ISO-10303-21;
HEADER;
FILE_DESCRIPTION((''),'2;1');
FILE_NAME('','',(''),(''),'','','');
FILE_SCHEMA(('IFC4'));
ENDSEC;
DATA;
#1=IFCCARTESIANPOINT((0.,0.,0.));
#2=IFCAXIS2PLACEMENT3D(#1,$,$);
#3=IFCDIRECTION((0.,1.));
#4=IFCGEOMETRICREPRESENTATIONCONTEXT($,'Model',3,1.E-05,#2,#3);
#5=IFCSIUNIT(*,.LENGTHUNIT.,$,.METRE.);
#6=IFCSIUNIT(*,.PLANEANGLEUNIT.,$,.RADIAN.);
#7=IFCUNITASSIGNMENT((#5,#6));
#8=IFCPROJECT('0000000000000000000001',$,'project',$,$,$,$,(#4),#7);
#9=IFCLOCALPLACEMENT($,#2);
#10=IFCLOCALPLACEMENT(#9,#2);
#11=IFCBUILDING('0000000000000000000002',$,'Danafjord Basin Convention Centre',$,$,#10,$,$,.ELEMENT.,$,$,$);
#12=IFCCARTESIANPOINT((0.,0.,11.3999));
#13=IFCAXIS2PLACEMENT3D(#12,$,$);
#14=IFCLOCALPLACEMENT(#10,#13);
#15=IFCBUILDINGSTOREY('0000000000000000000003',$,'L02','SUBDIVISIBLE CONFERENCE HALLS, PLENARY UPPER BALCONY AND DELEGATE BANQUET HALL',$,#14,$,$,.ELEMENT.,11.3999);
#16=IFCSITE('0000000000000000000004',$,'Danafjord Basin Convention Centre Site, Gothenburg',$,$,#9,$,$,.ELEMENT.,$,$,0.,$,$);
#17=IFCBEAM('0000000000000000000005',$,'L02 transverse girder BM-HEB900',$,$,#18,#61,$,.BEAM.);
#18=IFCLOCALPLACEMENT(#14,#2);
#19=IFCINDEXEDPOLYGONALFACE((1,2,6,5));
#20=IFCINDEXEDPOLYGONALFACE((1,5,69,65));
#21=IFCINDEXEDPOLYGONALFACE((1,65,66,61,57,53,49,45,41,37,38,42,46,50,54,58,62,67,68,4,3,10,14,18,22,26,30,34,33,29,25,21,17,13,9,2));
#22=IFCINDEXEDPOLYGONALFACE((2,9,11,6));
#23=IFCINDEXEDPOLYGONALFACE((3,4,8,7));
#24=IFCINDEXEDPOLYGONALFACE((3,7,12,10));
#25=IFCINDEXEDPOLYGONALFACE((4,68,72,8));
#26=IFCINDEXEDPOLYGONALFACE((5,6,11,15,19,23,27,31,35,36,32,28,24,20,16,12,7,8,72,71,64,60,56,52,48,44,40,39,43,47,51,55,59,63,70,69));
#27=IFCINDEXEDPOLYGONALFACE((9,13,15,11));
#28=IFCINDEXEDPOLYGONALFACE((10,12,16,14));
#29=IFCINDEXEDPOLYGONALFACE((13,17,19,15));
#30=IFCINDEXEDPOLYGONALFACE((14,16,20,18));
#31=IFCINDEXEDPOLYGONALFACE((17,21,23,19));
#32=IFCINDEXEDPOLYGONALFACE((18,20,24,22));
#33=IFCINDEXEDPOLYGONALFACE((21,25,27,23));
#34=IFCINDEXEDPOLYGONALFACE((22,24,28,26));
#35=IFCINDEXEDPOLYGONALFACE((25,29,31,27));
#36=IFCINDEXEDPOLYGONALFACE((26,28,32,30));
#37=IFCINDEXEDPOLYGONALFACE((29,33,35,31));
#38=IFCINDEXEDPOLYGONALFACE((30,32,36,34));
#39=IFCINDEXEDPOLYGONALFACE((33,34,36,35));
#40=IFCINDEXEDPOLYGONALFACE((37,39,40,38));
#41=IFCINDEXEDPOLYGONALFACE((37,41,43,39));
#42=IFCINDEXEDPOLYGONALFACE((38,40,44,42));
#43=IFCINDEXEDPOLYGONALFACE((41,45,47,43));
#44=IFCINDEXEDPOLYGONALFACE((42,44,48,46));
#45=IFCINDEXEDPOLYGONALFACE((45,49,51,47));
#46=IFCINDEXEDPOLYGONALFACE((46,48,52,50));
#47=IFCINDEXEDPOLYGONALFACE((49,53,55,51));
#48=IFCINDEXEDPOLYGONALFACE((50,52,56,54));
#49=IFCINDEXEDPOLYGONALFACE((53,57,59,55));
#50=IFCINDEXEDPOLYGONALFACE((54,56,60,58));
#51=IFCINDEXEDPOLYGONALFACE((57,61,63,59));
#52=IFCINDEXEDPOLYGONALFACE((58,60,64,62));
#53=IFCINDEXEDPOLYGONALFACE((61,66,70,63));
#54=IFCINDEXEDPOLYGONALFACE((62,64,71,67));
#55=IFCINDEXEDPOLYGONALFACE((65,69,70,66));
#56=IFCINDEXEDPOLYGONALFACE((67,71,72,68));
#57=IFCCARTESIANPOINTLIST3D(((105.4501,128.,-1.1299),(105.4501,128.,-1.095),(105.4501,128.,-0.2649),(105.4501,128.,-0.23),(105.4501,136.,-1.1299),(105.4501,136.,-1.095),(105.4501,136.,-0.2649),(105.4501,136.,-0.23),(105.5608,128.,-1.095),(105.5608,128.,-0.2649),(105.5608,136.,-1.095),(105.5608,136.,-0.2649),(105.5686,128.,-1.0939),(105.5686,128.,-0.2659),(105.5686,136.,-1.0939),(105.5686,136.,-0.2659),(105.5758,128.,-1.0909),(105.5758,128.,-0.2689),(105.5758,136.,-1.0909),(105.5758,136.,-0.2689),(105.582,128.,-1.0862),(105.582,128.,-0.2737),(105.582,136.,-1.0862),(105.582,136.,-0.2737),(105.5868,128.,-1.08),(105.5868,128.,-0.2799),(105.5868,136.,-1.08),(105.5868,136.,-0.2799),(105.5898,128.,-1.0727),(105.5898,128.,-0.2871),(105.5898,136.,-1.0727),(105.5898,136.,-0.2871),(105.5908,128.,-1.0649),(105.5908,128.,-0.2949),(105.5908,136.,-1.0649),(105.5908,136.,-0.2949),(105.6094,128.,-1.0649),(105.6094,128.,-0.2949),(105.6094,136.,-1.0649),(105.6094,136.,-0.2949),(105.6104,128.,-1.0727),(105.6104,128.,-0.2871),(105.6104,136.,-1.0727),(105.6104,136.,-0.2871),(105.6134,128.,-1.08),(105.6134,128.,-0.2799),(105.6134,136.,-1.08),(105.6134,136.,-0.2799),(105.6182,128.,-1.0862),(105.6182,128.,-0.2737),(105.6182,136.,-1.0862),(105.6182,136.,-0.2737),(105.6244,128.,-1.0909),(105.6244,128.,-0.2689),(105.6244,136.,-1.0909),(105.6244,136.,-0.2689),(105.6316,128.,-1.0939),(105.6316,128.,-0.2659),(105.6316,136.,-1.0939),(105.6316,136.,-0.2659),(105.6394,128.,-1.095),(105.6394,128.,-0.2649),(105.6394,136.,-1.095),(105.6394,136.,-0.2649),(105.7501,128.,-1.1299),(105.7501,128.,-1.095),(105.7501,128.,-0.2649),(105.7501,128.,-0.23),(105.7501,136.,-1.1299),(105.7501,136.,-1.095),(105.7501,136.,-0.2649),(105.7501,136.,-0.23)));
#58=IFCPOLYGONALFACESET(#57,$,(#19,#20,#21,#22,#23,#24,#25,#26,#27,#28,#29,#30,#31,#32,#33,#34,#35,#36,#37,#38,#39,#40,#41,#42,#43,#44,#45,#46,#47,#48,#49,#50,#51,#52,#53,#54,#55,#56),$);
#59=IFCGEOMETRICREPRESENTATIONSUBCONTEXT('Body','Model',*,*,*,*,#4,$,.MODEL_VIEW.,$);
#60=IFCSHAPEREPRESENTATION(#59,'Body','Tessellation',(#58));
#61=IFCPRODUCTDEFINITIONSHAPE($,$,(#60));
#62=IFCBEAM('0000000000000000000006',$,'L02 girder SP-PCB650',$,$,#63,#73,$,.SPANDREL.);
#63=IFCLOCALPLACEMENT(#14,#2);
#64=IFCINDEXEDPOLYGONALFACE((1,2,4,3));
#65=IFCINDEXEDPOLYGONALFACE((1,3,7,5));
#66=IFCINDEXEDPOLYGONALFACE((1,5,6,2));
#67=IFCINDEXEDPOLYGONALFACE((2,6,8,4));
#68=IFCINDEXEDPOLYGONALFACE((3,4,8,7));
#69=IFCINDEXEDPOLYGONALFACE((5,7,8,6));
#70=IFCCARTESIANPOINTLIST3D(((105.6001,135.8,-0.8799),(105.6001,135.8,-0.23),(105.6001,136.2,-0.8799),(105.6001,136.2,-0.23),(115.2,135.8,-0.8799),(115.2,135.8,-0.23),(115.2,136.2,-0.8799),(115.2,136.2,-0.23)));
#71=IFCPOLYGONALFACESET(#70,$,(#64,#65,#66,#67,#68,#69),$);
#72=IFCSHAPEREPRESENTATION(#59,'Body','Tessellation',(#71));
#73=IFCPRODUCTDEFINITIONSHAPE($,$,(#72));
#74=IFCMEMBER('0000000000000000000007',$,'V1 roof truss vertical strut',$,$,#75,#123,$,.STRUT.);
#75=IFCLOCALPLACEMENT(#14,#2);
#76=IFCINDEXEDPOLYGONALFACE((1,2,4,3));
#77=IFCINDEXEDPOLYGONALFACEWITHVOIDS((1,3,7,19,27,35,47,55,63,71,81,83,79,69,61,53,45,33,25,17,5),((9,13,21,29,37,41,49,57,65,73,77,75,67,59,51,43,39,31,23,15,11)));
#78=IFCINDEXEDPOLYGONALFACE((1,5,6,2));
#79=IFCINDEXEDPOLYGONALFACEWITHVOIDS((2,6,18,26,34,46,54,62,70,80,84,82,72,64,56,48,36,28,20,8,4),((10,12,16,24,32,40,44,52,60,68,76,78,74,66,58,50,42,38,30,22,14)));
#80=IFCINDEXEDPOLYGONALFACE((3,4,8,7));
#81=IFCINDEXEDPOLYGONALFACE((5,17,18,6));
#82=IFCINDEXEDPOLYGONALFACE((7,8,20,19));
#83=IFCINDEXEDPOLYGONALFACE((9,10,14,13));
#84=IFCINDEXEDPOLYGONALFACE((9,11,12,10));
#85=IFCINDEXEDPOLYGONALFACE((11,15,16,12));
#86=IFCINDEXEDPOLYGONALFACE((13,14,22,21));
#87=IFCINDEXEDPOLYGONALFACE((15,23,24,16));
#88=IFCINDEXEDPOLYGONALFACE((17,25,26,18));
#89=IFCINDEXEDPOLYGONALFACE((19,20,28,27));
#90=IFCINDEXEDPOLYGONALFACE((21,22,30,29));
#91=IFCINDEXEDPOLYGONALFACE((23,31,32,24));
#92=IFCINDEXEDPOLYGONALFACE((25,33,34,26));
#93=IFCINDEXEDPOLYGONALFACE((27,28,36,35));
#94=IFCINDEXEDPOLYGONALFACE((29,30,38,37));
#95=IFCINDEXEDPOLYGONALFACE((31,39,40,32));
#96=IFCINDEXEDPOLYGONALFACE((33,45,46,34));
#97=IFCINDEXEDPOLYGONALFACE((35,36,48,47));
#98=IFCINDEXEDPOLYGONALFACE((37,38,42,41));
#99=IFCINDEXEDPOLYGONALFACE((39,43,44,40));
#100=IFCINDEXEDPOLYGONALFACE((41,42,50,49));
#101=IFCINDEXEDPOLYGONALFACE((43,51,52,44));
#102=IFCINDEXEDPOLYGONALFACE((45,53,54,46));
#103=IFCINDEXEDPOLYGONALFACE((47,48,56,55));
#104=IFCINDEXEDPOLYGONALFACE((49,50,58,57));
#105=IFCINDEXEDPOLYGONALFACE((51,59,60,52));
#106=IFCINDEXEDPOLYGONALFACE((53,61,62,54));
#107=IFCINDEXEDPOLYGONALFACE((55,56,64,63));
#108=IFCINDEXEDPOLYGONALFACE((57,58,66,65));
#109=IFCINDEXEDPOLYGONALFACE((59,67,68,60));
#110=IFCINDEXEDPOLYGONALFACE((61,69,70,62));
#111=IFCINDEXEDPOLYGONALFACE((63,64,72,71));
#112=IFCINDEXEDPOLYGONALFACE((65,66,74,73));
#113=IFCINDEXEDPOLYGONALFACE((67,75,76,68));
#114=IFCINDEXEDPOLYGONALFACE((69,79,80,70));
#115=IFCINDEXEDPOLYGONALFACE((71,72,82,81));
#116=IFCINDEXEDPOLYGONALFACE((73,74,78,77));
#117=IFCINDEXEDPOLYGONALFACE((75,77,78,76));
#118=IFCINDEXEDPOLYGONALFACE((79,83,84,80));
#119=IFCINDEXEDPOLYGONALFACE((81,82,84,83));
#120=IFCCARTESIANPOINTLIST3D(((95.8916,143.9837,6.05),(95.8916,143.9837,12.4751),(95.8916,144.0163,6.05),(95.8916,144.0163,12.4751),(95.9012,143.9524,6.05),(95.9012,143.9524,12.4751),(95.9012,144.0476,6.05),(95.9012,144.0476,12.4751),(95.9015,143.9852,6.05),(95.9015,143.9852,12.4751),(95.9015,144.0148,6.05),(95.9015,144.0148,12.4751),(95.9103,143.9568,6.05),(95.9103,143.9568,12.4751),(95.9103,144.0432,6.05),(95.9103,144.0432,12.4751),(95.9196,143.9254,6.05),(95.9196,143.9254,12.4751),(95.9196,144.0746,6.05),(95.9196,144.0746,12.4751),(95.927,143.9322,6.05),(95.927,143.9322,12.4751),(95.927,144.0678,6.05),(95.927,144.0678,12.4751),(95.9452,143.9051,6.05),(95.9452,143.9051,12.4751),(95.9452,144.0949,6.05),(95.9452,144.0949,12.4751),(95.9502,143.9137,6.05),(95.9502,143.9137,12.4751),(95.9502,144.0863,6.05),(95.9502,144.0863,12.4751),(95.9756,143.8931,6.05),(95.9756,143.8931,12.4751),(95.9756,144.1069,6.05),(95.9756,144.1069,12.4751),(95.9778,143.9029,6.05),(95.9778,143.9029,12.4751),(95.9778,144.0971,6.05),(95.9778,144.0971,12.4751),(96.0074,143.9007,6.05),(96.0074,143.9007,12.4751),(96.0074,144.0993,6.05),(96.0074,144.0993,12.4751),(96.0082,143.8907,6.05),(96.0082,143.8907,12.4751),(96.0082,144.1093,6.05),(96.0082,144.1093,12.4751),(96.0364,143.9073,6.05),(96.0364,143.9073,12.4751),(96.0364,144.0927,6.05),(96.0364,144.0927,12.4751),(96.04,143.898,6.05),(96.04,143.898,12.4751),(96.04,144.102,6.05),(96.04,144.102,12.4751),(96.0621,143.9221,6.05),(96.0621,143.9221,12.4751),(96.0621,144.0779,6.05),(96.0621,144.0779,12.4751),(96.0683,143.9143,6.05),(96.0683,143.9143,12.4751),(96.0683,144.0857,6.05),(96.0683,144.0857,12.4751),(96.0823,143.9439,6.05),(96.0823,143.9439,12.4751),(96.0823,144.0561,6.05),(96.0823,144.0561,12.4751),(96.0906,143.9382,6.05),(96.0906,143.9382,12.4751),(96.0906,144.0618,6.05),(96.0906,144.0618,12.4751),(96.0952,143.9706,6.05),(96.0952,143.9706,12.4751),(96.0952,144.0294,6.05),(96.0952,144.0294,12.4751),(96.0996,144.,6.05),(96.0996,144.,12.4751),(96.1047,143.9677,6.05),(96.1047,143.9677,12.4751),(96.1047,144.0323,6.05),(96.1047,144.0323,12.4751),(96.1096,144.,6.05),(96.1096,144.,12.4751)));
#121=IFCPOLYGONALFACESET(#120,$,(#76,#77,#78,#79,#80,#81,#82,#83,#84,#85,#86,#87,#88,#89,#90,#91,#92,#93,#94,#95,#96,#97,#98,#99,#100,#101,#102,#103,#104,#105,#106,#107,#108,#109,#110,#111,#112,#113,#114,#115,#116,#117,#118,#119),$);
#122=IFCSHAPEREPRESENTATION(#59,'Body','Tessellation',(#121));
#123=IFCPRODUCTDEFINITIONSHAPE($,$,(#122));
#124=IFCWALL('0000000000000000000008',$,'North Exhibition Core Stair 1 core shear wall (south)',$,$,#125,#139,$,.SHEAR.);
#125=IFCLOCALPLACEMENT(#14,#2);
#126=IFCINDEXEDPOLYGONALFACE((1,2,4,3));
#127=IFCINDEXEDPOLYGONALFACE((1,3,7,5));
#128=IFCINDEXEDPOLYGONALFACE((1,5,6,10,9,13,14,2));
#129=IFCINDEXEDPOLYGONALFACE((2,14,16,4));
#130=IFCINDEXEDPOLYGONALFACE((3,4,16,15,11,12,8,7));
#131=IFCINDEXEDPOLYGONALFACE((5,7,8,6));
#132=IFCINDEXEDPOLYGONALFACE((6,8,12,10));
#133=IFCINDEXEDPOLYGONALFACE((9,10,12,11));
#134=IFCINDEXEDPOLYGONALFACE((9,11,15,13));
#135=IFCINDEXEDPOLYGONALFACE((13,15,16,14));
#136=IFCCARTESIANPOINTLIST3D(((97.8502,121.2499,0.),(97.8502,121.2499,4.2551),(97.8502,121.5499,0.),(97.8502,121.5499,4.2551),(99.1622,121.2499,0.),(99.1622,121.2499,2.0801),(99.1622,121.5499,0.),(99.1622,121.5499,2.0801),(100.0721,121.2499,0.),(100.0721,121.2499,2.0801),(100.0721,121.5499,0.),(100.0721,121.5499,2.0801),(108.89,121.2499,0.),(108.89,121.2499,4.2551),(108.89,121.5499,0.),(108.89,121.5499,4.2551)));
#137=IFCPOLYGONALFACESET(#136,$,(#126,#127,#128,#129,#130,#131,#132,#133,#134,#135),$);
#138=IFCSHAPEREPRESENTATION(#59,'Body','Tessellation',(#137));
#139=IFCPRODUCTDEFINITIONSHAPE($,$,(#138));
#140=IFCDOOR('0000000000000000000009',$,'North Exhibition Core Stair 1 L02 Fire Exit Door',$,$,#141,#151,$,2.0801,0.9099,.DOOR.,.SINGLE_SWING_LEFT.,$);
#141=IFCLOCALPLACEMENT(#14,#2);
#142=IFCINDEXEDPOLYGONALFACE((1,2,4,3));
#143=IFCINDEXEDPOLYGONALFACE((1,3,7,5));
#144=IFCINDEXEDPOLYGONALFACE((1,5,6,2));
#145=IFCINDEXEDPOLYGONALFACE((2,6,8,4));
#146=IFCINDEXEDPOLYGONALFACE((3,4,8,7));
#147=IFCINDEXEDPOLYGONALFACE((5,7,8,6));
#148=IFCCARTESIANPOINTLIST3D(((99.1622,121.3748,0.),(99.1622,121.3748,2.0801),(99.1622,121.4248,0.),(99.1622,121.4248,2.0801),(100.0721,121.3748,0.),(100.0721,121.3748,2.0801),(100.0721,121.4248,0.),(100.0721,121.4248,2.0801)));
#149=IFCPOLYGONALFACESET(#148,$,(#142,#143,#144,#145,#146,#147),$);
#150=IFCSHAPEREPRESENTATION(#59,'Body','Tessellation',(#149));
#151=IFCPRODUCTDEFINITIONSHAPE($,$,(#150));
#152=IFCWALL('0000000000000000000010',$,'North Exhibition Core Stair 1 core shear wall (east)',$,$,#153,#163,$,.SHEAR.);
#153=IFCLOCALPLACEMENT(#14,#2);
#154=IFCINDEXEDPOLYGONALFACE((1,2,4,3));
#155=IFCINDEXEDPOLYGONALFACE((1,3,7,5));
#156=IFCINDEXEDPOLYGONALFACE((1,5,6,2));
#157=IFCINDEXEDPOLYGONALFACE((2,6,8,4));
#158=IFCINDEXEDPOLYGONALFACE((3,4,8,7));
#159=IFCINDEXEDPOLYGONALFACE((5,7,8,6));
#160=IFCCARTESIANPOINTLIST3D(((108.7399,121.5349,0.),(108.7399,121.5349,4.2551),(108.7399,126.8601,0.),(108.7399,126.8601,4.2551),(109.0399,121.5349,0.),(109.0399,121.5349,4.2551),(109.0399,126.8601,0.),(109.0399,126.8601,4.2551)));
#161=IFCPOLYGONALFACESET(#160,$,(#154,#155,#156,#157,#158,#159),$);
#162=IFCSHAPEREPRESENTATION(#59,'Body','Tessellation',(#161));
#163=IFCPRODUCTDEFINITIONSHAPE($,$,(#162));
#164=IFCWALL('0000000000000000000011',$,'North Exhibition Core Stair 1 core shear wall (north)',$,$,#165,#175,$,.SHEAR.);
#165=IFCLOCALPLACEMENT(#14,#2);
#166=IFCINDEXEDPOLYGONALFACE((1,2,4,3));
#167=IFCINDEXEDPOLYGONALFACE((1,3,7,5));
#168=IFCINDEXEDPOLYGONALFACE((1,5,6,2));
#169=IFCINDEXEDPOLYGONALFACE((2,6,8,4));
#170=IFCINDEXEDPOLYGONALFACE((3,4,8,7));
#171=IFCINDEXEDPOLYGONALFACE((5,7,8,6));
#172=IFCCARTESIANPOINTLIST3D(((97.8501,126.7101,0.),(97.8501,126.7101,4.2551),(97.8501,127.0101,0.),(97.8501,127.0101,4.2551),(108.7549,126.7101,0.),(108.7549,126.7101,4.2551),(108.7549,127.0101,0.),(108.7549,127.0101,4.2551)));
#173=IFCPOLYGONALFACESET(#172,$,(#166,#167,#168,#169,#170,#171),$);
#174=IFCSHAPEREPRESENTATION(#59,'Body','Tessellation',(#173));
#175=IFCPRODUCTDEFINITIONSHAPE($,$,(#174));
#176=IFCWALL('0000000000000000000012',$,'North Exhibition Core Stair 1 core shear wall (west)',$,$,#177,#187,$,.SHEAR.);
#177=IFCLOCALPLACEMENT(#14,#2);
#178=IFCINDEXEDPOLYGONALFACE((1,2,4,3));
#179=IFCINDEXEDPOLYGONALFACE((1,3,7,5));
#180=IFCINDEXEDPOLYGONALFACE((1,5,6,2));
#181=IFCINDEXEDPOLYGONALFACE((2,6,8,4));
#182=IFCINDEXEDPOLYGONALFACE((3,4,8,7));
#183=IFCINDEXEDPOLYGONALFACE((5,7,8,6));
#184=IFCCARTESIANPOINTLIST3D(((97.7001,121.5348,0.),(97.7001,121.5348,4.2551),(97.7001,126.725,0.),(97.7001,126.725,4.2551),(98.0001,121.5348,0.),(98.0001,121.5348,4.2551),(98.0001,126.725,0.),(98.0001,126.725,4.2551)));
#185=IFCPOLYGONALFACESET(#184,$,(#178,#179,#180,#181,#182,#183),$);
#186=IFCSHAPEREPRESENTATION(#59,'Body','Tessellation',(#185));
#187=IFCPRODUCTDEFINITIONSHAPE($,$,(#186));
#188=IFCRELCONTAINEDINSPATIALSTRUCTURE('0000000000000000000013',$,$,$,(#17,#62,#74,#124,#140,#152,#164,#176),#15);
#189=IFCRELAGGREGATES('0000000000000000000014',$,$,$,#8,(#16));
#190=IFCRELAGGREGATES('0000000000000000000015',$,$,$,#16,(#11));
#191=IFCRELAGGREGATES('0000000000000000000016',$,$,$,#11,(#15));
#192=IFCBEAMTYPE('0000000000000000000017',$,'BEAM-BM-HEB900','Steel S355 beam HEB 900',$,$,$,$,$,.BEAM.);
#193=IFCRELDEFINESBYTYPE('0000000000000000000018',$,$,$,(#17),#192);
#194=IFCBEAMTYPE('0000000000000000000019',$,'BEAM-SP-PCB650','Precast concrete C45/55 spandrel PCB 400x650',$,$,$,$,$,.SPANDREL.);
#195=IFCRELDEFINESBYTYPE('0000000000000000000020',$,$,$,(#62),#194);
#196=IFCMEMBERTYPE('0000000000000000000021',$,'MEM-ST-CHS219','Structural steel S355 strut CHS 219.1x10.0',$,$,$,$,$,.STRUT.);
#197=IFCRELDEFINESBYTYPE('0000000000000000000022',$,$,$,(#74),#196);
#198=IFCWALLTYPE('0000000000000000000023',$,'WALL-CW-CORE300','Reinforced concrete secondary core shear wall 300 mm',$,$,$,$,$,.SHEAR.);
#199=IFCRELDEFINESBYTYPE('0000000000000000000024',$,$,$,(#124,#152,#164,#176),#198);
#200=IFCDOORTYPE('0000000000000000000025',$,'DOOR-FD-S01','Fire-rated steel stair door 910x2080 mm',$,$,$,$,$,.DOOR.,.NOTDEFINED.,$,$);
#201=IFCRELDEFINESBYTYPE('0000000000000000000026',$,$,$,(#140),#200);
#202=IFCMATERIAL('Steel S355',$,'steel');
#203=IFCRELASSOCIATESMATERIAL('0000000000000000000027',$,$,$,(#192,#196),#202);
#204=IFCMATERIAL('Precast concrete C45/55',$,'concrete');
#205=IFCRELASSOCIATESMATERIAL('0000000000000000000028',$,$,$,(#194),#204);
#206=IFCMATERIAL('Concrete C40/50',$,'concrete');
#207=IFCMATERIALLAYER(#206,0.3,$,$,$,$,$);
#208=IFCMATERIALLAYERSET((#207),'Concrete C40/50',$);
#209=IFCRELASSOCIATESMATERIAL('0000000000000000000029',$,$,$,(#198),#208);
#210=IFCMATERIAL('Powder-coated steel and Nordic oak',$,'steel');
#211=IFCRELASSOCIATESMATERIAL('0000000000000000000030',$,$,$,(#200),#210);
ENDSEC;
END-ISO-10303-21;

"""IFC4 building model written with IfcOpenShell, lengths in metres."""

from ifc_helpers import new_model, si_unit, direction, frame, frame_2d, origin, origin_2d, place, context, subcontext, project, spatial, rectangle, hollow_circle, i_section, extrude, material, layer, layer_set, material_profile, profile_set, type_object, element, fill, save


model = new_model("IFC4")

# Units and contexts
model_context = context("Model", 3, precision=1e-05, world=origin(), true_north=direction((0.0, 1.0)))
body_context = subcontext(model_context, "Body", "Model", "MODEL_VIEW")
ifc_project = project(units=[si_unit("LENGTHUNIT", "METRE"), si_unit("PLANEANGLEUNIT", "RADIAN")], contexts=[model_context])

# Site, building, storey
site_placement = place(None, origin())
site = spatial("IfcSite", under=ifc_project, at=site_placement, Name="Danafjord Basin Convention Centre Site, Gothenburg", CompositionType="ELEMENT", RefElevation=0.0)
building_placement = place(site_placement, origin())
building = spatial("IfcBuilding", under=site, at=building_placement, Name="Danafjord Basin Convention Centre", CompositionType="ELEMENT")
storey_placement = place(building_placement, frame((0.0, 0.0, 11.3999)))
storey = spatial("IfcBuildingStorey", under=building, at=storey_placement, Name="L02", Description="SUBDIVISIBLE CONFERENCE HALLS, PLENARY UPPER BALCONY AND DELEGATE BANQUET HALL", CompositionType="ELEMENT", Elevation=11.3999)

# Shared definitions
ifc_material_1 = material(Name="Steel S355", Category="steel")

# Beams
ifc_material_profile_1 = material_profile(ifc_material_1, i_section(OverallWidth=0.3, OverallDepth=0.8999, WebThickness=0.0186, FlangeThickness=0.0349, FilletRadius=0.03, at=origin_2d()), Name="HEB 900")
ifc_profile_set_1 = profile_set([ifc_material_profile_1], Name="Steel S355")
beam_type_1 = type_object("IfcBeamType", Name="BEAM-BM-HEB900", Description="Steel S355 beam HEB 900", PredefinedType="BEAM", material=ifc_profile_set_1)
beam_1_placement = place(storey_placement, frame((105.6001, 128.0, -0.6799), z_axis=(0.0, 1.0, 0.0), x_axis=(-1.0, 0.0, 0.0)))
element("IfcBeam", 1, at=beam_1_placement, inside=storey, type_object=beam_type_1, Name="L02 transverse girder BM-HEB900", PredefinedType="BEAM", context=body_context, shape_type="SweptSolid", body=[
    extrude(i_section(OverallWidth=0.3, OverallDepth=0.8999, WebThickness=0.0186, FlangeThickness=0.0349, FilletRadius=0.03, at=origin_2d()), origin(), (0.0, 0.0, 1.0), 8.0),
])
ifc_material_2 = material(Name="Precast concrete C45/55", Category="concrete")
ifc_material_profile_2 = material_profile(ifc_material_2, rectangle(XDim=0.3999, YDim=0.6499, at=origin_2d()), Name="PCB 400x650")
ifc_profile_set_2 = profile_set([ifc_material_profile_2], Name="Precast concrete C45/55")
beam_type_2 = type_object("IfcBeamType", Name="BEAM-SP-PCB650", Description="Precast concrete C45/55 spandrel PCB 400x650", PredefinedType="SPANDREL", material=ifc_profile_set_2)
beam_2_placement = place(storey_placement, frame((105.6001, 136.0, -0.5549), z_axis=(1.0, 0.0, 0.0), x_axis=(0.0, 1.0, 0.0)))
element("IfcBeam", 2, at=beam_2_placement, inside=storey, type_object=beam_type_2, Name="L02 girder SP-PCB650", PredefinedType="SPANDREL", context=body_context, shape_type="SweptSolid", body=[
    extrude(rectangle(XDim=0.3999, YDim=0.6499, at=origin_2d()), origin(), (0.0, 0.0, 1.0), 9.5999),
])

# Member
ifc_material_profile_3 = material_profile(ifc_material_1, hollow_circle(Radius=0.1096, WallThickness=0.01, at=origin_2d()), Name="CHS 219.1x10.0")
ifc_profile_set_3 = profile_set([ifc_material_profile_3], Name="Steel S355")
member_type = type_object("IfcMemberType", Name="MEM-ST-CHS219", Description="Structural steel S355 strut CHS 219.1x10.0", PredefinedType="STRUT", material=ifc_profile_set_3)
member_placement = place(storey_placement, frame((96.0, 144.0, 6.05), z_axis=(0.0, 0.0, 1.0), x_axis=(1.0, 0.0, 0.0)))
element("IfcMember", 3, at=member_placement, inside=storey, type_object=member_type, Name="V1 roof truss vertical strut", PredefinedType="STRUT", context=body_context, shape_type="SweptSolid", body=[
    extrude(hollow_circle(Radius=0.1096, WallThickness=0.01, at=origin_2d()), origin(), (0.0, 0.0, 1.0), 6.425),
])

# Wall, opening, door
ifc_material_3 = material(Name="Concrete C40/50", Category="concrete")
ifc_layer = layer(ifc_material_3, 0.3)
ifc_layer_set = layer_set([ifc_layer], Name="Concrete C40/50")
wall_type = type_object("IfcWallType", Name="WALL-CW-CORE300", Description="Reinforced concrete secondary core shear wall 300 mm", PredefinedType="SHEAR", material=ifc_layer_set)
wall_1_placement = place(storey_placement, frame((97.8501, 121.3999, 0.0), z_axis=(0.0, 0.0, 1.0), x_axis=(1.0, 0.0, 0.0)))
wall_1 = element("IfcWall", 4, at=wall_1_placement, inside=storey, type_object=wall_type, Name="North Exhibition Core Stair 1 core shear wall (south)", PredefinedType="SHEAR", context=body_context, shape_type="SweptSolid", body=[
    extrude(rectangle(XDim=11.0398, YDim=0.3, at=frame_2d((5.52, 0.0))), origin(), (0.0, 0.0, 1.0), 4.2551),
])
opening_1_placement = place(wall_1_placement, frame((1.312, 0.0, 0.0)))
opening_1 = element("IfcOpeningElement", 5, at=opening_1_placement, cuts=wall_1, PredefinedType="OPENING", context=body_context, shape_type="SweptSolid", body=[
    extrude(rectangle(XDim=0.9099, YDim=2.0801, at=frame_2d((0.4551, 1.04))), frame((0.0, 0.1599, 0.0), z_axis=(0.0, -1.0, 0.0), x_axis=(1.0, 0.0, 0.0)), (0.0, 0.0, 1.0), 0.3201),
])
ifc_material_4 = material(Name="Powder-coated steel and Nordic oak", Category="steel")
door_type_1 = type_object("IfcDoorType", Name="DOOR-FD-S01", Description="Fire-rated steel stair door 910x2080 mm", OperationType="NOTDEFINED", PredefinedType="DOOR", material=ifc_material_4)
door_1_placement = place(opening_1_placement, origin())
door_1 = element("IfcDoor", 6, at=door_1_placement, inside=storey, type_object=door_type_1, Name="North Exhibition Core Stair 1 L02 Fire Exit Door", OperationType="SINGLE_SWING_LEFT", OverallHeight=2.0801, OverallWidth=0.9099, PredefinedType="DOOR", context=body_context, shape_type="SweptSolid", body=[
    extrude(rectangle(XDim=0.9099, YDim=2.0801, at=frame_2d((0.4551, 1.04))), frame((0.0, 0.0249, 0.0), z_axis=(0.0, -1.0, 0.0), x_axis=(1.0, 0.0, 0.0)), (0.0, 0.0, 1.0), 0.05),
])
fill(opening_1, door_1)

# Walls
wall_2_placement = place(storey_placement, frame((108.8899, 121.5349, 0.0), z_axis=(0.0, 0.0, 1.0), x_axis=(0.0, 1.0, 0.0)))
element("IfcWall", 7, at=wall_2_placement, inside=storey, type_object=wall_type, Name="North Exhibition Core Stair 1 core shear wall (east)", PredefinedType="SHEAR", context=body_context, shape_type="SweptSolid", body=[
    extrude(rectangle(XDim=5.3252, YDim=0.3, at=frame_2d((2.6626, 0.0))), origin(), (0.0, 0.0, 1.0), 4.2551),
])
wall_3_placement = place(storey_placement, frame((108.7549, 126.8601, 0.0), z_axis=(0.0, 0.0, 1.0), x_axis=(-1.0, 0.0, 0.0)))
element("IfcWall", 8, at=wall_3_placement, inside=storey, type_object=wall_type, Name="North Exhibition Core Stair 1 core shear wall (north)", PredefinedType="SHEAR", context=body_context, shape_type="SweptSolid", body=[
    extrude(rectangle(XDim=10.9048, YDim=0.3, at=frame_2d((5.4524, 0.0))), origin(), (0.0, 0.0, 1.0), 4.2551),
])
wall_4_placement = place(storey_placement, frame((97.8501, 126.7251, 0.0), z_axis=(0.0, 0.0, 1.0), x_axis=(0.0, -1.0, 0.0)))
element("IfcWall", 9, at=wall_4_placement, inside=storey, type_object=wall_type, Name="North Exhibition Core Stair 1 core shear wall (west)", PredefinedType="SHEAR", context=body_context, shape_type="SweptSolid", body=[
    extrude(rectangle(XDim=5.1902, YDim=0.3, at=frame_2d((2.5952, 0.0))), origin(), (0.0, 0.0, 1.0), 4.2551),
])

save(model, "model.ifc")
